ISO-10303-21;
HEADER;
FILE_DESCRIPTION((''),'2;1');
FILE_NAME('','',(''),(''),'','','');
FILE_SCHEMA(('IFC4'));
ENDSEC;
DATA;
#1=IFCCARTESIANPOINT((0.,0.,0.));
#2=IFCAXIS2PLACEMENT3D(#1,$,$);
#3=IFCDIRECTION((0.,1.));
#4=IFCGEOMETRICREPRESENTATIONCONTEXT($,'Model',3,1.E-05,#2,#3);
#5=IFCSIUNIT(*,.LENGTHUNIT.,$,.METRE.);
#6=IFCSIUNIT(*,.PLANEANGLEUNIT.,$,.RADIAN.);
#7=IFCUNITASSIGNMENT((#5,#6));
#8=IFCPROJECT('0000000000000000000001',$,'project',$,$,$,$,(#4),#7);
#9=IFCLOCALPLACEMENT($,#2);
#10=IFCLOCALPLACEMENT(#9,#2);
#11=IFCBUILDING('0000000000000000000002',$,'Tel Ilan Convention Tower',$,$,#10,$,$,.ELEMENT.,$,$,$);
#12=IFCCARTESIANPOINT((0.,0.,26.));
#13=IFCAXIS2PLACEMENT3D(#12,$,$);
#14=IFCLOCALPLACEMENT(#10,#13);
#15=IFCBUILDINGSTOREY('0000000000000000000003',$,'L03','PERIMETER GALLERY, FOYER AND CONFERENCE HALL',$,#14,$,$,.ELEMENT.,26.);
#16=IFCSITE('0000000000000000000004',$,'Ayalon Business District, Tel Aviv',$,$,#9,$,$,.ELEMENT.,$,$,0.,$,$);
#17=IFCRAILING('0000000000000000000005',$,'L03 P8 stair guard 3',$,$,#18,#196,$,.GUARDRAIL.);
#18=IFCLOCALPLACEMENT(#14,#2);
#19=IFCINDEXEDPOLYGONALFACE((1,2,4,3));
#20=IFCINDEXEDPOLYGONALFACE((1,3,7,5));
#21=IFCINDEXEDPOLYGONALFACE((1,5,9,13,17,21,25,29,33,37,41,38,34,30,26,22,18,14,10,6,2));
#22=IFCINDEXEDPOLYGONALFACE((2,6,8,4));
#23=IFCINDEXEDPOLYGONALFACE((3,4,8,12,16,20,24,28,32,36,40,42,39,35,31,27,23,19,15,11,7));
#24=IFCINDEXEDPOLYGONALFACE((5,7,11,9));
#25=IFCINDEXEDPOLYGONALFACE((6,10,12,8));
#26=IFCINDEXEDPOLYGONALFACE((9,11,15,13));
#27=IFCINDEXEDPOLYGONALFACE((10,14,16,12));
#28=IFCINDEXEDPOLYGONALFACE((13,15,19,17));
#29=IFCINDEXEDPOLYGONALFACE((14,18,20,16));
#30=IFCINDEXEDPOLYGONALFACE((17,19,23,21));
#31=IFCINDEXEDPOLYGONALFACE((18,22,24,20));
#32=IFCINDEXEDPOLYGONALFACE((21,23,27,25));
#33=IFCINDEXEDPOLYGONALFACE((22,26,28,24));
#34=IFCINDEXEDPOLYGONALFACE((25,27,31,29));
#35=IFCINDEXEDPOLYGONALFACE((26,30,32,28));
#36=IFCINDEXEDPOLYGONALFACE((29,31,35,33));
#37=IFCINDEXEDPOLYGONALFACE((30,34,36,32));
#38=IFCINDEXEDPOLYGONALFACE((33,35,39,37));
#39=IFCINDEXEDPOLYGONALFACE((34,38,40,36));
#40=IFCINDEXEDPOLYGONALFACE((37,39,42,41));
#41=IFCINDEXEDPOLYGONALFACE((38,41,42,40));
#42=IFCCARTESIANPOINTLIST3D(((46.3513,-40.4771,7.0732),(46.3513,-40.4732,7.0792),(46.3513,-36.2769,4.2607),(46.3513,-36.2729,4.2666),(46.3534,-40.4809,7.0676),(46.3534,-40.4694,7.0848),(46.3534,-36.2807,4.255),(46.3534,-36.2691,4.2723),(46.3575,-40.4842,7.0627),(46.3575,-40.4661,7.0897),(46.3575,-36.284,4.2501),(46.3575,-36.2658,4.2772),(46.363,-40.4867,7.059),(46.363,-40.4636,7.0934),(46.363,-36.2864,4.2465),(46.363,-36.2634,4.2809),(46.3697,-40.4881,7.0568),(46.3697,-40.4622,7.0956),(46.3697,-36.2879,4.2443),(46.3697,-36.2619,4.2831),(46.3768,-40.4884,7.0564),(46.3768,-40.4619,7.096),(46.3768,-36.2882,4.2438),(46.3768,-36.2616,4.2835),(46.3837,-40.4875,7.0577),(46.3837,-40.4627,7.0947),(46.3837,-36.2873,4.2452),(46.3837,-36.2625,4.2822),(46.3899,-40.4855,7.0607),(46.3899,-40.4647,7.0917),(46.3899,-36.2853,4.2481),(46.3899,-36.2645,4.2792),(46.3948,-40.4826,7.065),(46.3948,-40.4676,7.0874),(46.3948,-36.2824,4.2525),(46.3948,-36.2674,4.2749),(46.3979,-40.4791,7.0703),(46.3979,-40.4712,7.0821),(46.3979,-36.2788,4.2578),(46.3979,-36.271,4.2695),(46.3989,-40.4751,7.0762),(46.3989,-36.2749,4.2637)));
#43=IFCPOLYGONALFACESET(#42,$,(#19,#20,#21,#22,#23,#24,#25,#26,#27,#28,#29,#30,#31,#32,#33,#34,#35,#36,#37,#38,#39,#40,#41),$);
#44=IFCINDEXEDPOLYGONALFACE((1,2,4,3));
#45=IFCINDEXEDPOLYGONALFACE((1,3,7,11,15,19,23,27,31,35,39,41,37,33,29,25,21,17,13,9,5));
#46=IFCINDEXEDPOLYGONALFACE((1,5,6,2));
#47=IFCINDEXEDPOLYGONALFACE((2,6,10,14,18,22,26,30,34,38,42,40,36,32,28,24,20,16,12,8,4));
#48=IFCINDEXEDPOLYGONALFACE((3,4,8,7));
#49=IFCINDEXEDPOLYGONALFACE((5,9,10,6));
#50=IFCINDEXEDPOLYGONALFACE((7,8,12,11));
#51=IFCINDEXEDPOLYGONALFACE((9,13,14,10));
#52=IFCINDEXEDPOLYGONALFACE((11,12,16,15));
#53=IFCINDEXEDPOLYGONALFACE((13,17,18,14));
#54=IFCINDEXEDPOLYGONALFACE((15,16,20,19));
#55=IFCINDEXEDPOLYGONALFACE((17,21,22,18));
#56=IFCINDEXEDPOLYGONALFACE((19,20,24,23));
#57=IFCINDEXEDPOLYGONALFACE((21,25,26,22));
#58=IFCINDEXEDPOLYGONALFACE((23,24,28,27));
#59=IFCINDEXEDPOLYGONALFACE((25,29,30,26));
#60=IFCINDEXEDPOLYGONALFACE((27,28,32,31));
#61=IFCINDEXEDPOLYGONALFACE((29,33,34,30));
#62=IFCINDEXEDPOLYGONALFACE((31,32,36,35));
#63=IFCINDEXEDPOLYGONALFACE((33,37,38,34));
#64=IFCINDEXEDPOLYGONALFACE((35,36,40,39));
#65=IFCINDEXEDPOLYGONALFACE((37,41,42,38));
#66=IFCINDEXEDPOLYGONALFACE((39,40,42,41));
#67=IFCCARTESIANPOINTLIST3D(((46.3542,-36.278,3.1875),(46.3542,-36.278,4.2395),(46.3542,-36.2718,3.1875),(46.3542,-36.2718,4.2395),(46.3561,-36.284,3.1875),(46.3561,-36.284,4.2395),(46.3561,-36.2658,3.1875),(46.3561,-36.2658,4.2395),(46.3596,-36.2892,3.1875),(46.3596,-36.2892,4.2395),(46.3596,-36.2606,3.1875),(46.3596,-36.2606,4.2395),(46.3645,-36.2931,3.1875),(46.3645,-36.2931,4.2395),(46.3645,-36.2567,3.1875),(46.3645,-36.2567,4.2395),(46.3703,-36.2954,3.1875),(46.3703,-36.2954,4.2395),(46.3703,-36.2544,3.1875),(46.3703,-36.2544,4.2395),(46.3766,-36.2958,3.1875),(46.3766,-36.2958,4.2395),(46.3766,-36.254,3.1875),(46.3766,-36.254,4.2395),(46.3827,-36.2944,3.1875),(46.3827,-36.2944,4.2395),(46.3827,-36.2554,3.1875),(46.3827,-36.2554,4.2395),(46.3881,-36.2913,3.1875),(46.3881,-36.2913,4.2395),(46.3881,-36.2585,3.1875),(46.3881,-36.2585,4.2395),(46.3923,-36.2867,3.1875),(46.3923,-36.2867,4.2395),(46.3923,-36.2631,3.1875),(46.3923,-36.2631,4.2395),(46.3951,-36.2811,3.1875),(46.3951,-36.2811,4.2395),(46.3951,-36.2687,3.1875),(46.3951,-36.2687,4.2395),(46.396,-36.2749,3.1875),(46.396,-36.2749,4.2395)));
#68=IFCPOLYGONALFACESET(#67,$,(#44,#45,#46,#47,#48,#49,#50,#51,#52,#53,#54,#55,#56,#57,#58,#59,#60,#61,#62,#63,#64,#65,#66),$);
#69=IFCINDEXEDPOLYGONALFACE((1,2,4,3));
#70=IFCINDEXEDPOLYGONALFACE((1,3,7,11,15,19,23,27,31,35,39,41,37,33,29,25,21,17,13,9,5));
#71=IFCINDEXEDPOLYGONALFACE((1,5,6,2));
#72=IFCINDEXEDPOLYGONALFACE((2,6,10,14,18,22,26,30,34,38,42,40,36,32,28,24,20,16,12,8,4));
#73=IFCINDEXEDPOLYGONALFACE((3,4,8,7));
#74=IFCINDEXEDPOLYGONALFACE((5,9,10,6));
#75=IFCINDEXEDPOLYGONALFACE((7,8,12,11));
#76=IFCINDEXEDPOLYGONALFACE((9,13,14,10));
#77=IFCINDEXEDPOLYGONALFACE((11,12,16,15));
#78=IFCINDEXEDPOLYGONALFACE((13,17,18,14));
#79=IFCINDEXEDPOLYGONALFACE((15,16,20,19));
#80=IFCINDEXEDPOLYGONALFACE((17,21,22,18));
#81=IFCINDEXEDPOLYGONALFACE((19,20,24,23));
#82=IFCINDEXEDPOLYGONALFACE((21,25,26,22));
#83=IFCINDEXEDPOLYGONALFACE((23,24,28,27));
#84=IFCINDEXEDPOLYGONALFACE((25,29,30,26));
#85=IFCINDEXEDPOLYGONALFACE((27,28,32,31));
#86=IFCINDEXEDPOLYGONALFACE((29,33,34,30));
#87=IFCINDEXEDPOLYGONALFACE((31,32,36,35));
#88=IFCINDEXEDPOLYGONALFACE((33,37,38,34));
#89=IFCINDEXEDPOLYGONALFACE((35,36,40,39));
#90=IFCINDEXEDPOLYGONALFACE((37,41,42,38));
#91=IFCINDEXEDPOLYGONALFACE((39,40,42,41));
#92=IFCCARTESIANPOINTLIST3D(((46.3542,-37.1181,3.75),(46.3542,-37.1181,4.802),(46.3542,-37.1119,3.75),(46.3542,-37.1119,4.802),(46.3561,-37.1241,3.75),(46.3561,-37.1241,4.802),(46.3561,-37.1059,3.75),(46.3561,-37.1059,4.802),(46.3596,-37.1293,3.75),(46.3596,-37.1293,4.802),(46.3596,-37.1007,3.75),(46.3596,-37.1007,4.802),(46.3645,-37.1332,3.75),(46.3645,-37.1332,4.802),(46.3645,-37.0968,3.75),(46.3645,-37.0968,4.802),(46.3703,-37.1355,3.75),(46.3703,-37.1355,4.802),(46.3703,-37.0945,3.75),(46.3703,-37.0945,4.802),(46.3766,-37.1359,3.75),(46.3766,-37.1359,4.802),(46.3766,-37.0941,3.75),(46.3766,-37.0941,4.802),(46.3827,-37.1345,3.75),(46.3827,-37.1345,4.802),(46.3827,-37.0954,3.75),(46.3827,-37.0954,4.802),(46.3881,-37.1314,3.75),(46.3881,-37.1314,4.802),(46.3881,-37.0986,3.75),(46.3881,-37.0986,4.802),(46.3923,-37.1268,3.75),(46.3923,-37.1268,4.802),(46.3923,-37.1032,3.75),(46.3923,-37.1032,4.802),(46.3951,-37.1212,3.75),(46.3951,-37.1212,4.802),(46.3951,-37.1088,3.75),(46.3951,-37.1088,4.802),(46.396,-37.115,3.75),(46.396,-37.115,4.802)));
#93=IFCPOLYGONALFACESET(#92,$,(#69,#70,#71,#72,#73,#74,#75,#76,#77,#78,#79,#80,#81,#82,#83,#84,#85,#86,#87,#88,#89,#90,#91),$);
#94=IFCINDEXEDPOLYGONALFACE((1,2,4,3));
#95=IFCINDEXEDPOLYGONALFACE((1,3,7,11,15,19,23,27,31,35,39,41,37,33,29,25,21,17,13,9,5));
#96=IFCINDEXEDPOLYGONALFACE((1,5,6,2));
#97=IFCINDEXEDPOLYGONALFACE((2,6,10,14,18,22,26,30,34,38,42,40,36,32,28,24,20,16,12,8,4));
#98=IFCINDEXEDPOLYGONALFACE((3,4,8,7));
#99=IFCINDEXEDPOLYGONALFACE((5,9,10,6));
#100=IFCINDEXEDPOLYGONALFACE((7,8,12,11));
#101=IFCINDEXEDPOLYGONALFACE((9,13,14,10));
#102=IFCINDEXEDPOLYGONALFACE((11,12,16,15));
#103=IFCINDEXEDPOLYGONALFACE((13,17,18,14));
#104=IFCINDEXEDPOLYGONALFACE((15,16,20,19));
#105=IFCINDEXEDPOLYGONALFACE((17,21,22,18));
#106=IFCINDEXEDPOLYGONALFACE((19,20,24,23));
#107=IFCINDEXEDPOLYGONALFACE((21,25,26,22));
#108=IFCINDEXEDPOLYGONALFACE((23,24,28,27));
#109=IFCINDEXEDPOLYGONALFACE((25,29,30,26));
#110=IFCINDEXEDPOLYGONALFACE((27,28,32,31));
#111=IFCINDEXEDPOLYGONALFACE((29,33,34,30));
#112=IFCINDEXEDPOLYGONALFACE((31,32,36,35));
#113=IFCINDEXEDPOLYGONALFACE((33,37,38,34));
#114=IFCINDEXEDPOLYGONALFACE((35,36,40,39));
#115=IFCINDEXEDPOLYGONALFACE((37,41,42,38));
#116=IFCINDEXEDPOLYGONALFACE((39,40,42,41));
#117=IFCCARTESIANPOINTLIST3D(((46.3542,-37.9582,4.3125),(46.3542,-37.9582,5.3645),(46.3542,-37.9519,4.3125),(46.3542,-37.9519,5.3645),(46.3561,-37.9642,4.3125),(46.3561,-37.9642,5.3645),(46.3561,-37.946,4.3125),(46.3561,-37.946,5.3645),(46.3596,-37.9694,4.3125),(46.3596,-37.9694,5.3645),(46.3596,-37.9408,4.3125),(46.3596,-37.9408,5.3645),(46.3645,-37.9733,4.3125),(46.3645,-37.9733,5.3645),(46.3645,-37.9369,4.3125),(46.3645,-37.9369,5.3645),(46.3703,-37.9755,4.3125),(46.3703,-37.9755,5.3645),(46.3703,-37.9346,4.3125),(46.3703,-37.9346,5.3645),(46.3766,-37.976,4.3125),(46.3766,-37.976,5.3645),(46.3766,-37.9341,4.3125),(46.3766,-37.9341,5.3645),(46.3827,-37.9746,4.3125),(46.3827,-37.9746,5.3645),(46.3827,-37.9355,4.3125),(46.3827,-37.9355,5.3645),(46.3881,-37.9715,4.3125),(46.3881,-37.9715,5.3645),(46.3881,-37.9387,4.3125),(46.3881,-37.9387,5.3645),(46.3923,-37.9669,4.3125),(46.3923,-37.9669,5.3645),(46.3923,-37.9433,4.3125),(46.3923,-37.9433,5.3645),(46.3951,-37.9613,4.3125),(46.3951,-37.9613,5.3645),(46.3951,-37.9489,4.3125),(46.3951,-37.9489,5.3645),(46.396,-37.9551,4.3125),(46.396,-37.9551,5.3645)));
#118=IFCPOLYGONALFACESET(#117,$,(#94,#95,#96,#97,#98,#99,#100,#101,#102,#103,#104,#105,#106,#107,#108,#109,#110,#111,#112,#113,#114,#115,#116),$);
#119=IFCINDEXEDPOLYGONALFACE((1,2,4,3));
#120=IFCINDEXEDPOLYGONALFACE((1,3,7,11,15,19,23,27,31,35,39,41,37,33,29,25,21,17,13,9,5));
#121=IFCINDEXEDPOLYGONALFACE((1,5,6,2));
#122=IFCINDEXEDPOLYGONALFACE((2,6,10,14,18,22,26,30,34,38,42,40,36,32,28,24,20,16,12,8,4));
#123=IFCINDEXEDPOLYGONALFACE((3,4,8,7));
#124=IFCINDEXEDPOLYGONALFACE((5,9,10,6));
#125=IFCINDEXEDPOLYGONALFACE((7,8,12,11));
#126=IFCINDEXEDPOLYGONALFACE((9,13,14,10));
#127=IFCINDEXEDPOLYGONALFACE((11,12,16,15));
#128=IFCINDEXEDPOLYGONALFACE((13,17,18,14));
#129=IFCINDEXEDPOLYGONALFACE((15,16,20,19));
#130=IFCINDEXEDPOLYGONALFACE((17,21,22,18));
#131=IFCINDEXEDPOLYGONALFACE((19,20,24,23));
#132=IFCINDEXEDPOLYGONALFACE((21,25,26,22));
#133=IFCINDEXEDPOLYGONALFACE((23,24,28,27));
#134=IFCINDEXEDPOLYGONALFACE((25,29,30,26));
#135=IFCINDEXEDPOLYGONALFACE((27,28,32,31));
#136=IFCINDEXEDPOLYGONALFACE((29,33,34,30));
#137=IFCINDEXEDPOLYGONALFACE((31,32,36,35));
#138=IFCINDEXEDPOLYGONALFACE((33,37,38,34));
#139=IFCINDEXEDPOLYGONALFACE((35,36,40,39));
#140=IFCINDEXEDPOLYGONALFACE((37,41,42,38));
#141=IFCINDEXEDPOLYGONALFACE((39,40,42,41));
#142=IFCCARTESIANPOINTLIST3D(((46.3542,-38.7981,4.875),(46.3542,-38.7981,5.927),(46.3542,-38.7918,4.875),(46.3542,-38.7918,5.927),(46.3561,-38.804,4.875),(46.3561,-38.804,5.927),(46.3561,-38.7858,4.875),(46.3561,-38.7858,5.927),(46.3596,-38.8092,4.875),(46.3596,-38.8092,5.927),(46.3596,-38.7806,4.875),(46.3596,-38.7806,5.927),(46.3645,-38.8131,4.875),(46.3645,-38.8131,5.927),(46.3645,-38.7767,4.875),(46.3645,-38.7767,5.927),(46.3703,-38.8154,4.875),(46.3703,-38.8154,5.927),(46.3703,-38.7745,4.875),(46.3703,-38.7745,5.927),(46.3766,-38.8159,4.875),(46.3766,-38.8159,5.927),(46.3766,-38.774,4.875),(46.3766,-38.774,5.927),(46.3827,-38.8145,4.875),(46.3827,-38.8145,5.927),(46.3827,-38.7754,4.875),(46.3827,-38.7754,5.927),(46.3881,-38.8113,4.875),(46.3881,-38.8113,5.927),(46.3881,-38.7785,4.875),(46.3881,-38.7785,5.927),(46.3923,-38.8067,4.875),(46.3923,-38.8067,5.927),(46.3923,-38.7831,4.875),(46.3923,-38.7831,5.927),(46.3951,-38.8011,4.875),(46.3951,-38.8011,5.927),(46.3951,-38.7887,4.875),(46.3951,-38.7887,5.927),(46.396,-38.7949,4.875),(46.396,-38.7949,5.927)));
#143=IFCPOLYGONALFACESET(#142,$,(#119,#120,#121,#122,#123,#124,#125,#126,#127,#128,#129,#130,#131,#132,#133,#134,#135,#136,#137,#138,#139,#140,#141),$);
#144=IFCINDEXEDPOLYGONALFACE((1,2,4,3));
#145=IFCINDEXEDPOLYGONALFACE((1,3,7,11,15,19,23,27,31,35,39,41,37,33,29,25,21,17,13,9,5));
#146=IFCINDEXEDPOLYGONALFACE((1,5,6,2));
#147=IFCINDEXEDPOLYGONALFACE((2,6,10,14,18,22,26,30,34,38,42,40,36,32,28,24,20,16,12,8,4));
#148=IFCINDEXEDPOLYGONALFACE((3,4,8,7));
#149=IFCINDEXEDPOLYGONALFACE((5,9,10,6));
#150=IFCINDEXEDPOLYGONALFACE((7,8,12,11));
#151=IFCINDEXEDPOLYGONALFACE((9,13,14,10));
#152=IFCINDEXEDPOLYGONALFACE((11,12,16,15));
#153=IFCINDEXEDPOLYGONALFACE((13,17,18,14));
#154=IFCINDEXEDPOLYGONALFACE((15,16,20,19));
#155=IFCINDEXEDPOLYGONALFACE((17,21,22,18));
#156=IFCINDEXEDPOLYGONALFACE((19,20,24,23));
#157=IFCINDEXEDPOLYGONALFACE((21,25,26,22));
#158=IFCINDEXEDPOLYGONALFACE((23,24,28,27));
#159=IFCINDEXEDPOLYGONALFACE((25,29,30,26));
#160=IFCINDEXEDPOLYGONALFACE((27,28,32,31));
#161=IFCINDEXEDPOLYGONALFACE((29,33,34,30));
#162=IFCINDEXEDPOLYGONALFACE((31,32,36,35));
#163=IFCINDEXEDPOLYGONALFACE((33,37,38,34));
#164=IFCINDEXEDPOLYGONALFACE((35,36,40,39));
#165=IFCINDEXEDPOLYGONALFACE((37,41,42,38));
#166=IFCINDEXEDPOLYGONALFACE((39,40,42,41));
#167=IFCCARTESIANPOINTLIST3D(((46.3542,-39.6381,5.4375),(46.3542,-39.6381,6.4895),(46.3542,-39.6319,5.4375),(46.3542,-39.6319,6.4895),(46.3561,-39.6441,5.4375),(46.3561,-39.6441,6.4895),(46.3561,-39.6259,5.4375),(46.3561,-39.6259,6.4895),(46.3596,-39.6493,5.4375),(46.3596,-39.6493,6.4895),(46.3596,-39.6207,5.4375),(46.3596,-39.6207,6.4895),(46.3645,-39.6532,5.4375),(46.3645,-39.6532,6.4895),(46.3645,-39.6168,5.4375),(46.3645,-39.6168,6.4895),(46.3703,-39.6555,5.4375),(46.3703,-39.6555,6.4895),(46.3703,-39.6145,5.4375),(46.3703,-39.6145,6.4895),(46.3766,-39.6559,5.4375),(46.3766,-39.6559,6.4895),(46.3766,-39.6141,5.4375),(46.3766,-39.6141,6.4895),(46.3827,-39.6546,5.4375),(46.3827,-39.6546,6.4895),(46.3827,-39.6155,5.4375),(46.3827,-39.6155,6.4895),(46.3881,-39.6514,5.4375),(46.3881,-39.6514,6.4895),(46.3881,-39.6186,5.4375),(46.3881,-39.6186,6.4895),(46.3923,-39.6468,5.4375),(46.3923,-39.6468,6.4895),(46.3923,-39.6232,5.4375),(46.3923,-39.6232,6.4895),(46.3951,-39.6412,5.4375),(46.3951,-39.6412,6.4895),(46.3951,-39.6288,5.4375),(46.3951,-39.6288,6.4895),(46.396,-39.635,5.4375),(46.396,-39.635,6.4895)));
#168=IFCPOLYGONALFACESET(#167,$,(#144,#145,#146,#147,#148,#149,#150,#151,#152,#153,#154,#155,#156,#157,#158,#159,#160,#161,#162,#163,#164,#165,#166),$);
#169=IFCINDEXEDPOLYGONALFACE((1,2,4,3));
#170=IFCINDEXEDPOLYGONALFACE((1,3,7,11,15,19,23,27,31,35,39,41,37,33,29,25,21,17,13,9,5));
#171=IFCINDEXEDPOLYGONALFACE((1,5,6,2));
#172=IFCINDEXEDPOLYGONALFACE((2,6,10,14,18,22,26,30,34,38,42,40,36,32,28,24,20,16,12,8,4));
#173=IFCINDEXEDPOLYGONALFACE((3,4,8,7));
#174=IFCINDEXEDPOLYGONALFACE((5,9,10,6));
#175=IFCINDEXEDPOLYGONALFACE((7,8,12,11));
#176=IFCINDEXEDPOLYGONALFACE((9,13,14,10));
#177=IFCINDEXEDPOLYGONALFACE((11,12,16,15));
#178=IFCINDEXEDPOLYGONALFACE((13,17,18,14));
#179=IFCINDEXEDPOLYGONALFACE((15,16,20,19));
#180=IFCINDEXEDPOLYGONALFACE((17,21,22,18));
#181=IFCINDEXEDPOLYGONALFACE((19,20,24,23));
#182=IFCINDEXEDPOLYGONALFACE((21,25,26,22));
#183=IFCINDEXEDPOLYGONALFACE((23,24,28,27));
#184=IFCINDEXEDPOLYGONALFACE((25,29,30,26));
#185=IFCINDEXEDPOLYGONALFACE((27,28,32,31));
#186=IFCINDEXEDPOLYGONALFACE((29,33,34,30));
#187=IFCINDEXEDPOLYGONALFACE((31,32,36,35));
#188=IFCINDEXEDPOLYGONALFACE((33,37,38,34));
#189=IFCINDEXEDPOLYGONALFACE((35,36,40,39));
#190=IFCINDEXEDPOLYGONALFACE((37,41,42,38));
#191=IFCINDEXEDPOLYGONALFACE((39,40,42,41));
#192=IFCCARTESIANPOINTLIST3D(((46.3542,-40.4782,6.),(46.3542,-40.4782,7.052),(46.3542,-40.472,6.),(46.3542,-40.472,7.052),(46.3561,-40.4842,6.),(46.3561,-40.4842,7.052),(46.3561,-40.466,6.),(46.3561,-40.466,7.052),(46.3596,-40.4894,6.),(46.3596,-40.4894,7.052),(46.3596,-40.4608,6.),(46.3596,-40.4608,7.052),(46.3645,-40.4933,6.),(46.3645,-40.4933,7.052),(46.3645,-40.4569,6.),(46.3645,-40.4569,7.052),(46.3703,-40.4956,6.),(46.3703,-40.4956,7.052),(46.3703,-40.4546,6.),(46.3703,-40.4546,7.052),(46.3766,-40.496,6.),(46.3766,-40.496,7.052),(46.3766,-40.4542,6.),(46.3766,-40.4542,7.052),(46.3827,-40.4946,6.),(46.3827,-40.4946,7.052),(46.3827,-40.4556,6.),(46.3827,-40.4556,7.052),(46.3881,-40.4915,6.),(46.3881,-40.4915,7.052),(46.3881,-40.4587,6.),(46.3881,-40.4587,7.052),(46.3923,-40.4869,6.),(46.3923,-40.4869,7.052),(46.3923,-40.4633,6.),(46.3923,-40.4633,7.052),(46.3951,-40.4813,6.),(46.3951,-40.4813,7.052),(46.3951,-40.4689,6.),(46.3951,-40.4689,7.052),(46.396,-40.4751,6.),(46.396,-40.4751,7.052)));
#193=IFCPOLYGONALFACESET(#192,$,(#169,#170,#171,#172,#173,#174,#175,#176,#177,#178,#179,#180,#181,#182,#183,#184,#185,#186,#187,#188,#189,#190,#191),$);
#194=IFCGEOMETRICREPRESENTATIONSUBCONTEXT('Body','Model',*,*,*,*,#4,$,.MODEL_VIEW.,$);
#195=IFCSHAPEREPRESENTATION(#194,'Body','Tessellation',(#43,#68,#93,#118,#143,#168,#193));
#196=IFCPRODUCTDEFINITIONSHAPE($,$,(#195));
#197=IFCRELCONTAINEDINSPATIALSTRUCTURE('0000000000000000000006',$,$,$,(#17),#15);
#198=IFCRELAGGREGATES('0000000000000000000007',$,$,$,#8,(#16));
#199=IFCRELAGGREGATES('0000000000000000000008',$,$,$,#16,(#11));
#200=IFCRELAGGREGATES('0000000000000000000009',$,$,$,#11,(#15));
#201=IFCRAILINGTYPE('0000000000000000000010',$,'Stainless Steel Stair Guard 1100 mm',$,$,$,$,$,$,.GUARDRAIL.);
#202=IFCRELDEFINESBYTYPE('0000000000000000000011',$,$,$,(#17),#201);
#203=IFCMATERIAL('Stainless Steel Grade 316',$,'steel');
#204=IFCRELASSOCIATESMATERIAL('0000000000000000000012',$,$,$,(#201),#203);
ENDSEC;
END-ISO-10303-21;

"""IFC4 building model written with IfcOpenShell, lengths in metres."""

from ifc_helpers import new_model, si_unit, direction, frame, origin, origin_2d, place, context, subcontext, project, spatial, circle, extrude, material, type_object, element, save


model = new_model("IFC4")

# Units and contexts
model_context = context("Model", 3, precision=1e-05, world=origin(), true_north=direction((0.0, 1.0)))
body_context = subcontext(model_context, "Body", "Model", "MODEL_VIEW")
ifc_project = project(units=[si_unit("LENGTHUNIT", "METRE"), si_unit("PLANEANGLEUNIT", "RADIAN")], contexts=[model_context])

# Site, building, storey
site_placement = place(None, origin())
site = spatial("IfcSite", under=ifc_project, at=site_placement, Name="Ayalon Business District, Tel Aviv", CompositionType="ELEMENT", RefElevation=0.0)
building_placement = place(site_placement, origin())
building = spatial("IfcBuilding", under=site, at=building_placement, Name="Tel Ilan Convention Tower", CompositionType="ELEMENT")
storey_placement = place(building_placement, frame((0.0, 0.0, 26.0)))
storey = spatial("IfcBuildingStorey", under=building, at=storey_placement, Name="L03", Description="PERIMETER GALLERY, FOYER AND CONFERENCE HALL", CompositionType="ELEMENT", Elevation=26.0)

# Railing
ifc_material_1 = material(Name="Stainless Steel Grade 316", Category="steel")
railing_type_1 = type_object("IfcRailingType", Name="Stainless Steel Stair Guard 1100 mm", PredefinedType="GUARDRAIL", material=ifc_material_1)
railing_1_placement = place(storey_placement, frame((46.375, -36.2749, 3.1875)))
element("IfcRailing", 1, at=railing_1_placement, inside=storey, type_object=railing_type_1, Name="L03 P8 stair guard 3", PredefinedType="GUARDRAIL", context=body_context, shape_type="SweptSolid", body=[
    extrude(circle(Radius=0.0239, at=origin_2d()), frame((0.0, 0.0, 1.0762), z_axis=(0.0, -0.830919, 0.556393), x_axis=(1.0, 0.0, 0.0)), (0.0, 0.0, 1.0), 5.0549),
    extrude(circle(Radius=0.021, at=origin_2d()), origin(), (0.0, 0.0, 1.0), 1.052),
    extrude(circle(Radius=0.021, at=origin_2d()), frame((0.0, -0.8401, 0.5625)), (0.0, 0.0, 1.0), 1.052),
    extrude(circle(Radius=0.021, at=origin_2d()), frame((0.0, -1.6802, 1.125)), (0.0, 0.0, 1.0), 1.052),
    extrude(circle(Radius=0.021, at=origin_2d()), frame((0.0, -2.52, 1.6875)), (0.0, 0.0, 1.0), 1.052),
    extrude(circle(Radius=0.021, at=origin_2d()), frame((0.0, -3.3601, 2.25)), (0.0, 0.0, 1.0), 1.052),
    extrude(circle(Radius=0.021, at=origin_2d()), frame((0.0, -4.2002, 2.8125)), (0.0, 0.0, 1.0), 1.052),
])

save(model, "model.ifc")
